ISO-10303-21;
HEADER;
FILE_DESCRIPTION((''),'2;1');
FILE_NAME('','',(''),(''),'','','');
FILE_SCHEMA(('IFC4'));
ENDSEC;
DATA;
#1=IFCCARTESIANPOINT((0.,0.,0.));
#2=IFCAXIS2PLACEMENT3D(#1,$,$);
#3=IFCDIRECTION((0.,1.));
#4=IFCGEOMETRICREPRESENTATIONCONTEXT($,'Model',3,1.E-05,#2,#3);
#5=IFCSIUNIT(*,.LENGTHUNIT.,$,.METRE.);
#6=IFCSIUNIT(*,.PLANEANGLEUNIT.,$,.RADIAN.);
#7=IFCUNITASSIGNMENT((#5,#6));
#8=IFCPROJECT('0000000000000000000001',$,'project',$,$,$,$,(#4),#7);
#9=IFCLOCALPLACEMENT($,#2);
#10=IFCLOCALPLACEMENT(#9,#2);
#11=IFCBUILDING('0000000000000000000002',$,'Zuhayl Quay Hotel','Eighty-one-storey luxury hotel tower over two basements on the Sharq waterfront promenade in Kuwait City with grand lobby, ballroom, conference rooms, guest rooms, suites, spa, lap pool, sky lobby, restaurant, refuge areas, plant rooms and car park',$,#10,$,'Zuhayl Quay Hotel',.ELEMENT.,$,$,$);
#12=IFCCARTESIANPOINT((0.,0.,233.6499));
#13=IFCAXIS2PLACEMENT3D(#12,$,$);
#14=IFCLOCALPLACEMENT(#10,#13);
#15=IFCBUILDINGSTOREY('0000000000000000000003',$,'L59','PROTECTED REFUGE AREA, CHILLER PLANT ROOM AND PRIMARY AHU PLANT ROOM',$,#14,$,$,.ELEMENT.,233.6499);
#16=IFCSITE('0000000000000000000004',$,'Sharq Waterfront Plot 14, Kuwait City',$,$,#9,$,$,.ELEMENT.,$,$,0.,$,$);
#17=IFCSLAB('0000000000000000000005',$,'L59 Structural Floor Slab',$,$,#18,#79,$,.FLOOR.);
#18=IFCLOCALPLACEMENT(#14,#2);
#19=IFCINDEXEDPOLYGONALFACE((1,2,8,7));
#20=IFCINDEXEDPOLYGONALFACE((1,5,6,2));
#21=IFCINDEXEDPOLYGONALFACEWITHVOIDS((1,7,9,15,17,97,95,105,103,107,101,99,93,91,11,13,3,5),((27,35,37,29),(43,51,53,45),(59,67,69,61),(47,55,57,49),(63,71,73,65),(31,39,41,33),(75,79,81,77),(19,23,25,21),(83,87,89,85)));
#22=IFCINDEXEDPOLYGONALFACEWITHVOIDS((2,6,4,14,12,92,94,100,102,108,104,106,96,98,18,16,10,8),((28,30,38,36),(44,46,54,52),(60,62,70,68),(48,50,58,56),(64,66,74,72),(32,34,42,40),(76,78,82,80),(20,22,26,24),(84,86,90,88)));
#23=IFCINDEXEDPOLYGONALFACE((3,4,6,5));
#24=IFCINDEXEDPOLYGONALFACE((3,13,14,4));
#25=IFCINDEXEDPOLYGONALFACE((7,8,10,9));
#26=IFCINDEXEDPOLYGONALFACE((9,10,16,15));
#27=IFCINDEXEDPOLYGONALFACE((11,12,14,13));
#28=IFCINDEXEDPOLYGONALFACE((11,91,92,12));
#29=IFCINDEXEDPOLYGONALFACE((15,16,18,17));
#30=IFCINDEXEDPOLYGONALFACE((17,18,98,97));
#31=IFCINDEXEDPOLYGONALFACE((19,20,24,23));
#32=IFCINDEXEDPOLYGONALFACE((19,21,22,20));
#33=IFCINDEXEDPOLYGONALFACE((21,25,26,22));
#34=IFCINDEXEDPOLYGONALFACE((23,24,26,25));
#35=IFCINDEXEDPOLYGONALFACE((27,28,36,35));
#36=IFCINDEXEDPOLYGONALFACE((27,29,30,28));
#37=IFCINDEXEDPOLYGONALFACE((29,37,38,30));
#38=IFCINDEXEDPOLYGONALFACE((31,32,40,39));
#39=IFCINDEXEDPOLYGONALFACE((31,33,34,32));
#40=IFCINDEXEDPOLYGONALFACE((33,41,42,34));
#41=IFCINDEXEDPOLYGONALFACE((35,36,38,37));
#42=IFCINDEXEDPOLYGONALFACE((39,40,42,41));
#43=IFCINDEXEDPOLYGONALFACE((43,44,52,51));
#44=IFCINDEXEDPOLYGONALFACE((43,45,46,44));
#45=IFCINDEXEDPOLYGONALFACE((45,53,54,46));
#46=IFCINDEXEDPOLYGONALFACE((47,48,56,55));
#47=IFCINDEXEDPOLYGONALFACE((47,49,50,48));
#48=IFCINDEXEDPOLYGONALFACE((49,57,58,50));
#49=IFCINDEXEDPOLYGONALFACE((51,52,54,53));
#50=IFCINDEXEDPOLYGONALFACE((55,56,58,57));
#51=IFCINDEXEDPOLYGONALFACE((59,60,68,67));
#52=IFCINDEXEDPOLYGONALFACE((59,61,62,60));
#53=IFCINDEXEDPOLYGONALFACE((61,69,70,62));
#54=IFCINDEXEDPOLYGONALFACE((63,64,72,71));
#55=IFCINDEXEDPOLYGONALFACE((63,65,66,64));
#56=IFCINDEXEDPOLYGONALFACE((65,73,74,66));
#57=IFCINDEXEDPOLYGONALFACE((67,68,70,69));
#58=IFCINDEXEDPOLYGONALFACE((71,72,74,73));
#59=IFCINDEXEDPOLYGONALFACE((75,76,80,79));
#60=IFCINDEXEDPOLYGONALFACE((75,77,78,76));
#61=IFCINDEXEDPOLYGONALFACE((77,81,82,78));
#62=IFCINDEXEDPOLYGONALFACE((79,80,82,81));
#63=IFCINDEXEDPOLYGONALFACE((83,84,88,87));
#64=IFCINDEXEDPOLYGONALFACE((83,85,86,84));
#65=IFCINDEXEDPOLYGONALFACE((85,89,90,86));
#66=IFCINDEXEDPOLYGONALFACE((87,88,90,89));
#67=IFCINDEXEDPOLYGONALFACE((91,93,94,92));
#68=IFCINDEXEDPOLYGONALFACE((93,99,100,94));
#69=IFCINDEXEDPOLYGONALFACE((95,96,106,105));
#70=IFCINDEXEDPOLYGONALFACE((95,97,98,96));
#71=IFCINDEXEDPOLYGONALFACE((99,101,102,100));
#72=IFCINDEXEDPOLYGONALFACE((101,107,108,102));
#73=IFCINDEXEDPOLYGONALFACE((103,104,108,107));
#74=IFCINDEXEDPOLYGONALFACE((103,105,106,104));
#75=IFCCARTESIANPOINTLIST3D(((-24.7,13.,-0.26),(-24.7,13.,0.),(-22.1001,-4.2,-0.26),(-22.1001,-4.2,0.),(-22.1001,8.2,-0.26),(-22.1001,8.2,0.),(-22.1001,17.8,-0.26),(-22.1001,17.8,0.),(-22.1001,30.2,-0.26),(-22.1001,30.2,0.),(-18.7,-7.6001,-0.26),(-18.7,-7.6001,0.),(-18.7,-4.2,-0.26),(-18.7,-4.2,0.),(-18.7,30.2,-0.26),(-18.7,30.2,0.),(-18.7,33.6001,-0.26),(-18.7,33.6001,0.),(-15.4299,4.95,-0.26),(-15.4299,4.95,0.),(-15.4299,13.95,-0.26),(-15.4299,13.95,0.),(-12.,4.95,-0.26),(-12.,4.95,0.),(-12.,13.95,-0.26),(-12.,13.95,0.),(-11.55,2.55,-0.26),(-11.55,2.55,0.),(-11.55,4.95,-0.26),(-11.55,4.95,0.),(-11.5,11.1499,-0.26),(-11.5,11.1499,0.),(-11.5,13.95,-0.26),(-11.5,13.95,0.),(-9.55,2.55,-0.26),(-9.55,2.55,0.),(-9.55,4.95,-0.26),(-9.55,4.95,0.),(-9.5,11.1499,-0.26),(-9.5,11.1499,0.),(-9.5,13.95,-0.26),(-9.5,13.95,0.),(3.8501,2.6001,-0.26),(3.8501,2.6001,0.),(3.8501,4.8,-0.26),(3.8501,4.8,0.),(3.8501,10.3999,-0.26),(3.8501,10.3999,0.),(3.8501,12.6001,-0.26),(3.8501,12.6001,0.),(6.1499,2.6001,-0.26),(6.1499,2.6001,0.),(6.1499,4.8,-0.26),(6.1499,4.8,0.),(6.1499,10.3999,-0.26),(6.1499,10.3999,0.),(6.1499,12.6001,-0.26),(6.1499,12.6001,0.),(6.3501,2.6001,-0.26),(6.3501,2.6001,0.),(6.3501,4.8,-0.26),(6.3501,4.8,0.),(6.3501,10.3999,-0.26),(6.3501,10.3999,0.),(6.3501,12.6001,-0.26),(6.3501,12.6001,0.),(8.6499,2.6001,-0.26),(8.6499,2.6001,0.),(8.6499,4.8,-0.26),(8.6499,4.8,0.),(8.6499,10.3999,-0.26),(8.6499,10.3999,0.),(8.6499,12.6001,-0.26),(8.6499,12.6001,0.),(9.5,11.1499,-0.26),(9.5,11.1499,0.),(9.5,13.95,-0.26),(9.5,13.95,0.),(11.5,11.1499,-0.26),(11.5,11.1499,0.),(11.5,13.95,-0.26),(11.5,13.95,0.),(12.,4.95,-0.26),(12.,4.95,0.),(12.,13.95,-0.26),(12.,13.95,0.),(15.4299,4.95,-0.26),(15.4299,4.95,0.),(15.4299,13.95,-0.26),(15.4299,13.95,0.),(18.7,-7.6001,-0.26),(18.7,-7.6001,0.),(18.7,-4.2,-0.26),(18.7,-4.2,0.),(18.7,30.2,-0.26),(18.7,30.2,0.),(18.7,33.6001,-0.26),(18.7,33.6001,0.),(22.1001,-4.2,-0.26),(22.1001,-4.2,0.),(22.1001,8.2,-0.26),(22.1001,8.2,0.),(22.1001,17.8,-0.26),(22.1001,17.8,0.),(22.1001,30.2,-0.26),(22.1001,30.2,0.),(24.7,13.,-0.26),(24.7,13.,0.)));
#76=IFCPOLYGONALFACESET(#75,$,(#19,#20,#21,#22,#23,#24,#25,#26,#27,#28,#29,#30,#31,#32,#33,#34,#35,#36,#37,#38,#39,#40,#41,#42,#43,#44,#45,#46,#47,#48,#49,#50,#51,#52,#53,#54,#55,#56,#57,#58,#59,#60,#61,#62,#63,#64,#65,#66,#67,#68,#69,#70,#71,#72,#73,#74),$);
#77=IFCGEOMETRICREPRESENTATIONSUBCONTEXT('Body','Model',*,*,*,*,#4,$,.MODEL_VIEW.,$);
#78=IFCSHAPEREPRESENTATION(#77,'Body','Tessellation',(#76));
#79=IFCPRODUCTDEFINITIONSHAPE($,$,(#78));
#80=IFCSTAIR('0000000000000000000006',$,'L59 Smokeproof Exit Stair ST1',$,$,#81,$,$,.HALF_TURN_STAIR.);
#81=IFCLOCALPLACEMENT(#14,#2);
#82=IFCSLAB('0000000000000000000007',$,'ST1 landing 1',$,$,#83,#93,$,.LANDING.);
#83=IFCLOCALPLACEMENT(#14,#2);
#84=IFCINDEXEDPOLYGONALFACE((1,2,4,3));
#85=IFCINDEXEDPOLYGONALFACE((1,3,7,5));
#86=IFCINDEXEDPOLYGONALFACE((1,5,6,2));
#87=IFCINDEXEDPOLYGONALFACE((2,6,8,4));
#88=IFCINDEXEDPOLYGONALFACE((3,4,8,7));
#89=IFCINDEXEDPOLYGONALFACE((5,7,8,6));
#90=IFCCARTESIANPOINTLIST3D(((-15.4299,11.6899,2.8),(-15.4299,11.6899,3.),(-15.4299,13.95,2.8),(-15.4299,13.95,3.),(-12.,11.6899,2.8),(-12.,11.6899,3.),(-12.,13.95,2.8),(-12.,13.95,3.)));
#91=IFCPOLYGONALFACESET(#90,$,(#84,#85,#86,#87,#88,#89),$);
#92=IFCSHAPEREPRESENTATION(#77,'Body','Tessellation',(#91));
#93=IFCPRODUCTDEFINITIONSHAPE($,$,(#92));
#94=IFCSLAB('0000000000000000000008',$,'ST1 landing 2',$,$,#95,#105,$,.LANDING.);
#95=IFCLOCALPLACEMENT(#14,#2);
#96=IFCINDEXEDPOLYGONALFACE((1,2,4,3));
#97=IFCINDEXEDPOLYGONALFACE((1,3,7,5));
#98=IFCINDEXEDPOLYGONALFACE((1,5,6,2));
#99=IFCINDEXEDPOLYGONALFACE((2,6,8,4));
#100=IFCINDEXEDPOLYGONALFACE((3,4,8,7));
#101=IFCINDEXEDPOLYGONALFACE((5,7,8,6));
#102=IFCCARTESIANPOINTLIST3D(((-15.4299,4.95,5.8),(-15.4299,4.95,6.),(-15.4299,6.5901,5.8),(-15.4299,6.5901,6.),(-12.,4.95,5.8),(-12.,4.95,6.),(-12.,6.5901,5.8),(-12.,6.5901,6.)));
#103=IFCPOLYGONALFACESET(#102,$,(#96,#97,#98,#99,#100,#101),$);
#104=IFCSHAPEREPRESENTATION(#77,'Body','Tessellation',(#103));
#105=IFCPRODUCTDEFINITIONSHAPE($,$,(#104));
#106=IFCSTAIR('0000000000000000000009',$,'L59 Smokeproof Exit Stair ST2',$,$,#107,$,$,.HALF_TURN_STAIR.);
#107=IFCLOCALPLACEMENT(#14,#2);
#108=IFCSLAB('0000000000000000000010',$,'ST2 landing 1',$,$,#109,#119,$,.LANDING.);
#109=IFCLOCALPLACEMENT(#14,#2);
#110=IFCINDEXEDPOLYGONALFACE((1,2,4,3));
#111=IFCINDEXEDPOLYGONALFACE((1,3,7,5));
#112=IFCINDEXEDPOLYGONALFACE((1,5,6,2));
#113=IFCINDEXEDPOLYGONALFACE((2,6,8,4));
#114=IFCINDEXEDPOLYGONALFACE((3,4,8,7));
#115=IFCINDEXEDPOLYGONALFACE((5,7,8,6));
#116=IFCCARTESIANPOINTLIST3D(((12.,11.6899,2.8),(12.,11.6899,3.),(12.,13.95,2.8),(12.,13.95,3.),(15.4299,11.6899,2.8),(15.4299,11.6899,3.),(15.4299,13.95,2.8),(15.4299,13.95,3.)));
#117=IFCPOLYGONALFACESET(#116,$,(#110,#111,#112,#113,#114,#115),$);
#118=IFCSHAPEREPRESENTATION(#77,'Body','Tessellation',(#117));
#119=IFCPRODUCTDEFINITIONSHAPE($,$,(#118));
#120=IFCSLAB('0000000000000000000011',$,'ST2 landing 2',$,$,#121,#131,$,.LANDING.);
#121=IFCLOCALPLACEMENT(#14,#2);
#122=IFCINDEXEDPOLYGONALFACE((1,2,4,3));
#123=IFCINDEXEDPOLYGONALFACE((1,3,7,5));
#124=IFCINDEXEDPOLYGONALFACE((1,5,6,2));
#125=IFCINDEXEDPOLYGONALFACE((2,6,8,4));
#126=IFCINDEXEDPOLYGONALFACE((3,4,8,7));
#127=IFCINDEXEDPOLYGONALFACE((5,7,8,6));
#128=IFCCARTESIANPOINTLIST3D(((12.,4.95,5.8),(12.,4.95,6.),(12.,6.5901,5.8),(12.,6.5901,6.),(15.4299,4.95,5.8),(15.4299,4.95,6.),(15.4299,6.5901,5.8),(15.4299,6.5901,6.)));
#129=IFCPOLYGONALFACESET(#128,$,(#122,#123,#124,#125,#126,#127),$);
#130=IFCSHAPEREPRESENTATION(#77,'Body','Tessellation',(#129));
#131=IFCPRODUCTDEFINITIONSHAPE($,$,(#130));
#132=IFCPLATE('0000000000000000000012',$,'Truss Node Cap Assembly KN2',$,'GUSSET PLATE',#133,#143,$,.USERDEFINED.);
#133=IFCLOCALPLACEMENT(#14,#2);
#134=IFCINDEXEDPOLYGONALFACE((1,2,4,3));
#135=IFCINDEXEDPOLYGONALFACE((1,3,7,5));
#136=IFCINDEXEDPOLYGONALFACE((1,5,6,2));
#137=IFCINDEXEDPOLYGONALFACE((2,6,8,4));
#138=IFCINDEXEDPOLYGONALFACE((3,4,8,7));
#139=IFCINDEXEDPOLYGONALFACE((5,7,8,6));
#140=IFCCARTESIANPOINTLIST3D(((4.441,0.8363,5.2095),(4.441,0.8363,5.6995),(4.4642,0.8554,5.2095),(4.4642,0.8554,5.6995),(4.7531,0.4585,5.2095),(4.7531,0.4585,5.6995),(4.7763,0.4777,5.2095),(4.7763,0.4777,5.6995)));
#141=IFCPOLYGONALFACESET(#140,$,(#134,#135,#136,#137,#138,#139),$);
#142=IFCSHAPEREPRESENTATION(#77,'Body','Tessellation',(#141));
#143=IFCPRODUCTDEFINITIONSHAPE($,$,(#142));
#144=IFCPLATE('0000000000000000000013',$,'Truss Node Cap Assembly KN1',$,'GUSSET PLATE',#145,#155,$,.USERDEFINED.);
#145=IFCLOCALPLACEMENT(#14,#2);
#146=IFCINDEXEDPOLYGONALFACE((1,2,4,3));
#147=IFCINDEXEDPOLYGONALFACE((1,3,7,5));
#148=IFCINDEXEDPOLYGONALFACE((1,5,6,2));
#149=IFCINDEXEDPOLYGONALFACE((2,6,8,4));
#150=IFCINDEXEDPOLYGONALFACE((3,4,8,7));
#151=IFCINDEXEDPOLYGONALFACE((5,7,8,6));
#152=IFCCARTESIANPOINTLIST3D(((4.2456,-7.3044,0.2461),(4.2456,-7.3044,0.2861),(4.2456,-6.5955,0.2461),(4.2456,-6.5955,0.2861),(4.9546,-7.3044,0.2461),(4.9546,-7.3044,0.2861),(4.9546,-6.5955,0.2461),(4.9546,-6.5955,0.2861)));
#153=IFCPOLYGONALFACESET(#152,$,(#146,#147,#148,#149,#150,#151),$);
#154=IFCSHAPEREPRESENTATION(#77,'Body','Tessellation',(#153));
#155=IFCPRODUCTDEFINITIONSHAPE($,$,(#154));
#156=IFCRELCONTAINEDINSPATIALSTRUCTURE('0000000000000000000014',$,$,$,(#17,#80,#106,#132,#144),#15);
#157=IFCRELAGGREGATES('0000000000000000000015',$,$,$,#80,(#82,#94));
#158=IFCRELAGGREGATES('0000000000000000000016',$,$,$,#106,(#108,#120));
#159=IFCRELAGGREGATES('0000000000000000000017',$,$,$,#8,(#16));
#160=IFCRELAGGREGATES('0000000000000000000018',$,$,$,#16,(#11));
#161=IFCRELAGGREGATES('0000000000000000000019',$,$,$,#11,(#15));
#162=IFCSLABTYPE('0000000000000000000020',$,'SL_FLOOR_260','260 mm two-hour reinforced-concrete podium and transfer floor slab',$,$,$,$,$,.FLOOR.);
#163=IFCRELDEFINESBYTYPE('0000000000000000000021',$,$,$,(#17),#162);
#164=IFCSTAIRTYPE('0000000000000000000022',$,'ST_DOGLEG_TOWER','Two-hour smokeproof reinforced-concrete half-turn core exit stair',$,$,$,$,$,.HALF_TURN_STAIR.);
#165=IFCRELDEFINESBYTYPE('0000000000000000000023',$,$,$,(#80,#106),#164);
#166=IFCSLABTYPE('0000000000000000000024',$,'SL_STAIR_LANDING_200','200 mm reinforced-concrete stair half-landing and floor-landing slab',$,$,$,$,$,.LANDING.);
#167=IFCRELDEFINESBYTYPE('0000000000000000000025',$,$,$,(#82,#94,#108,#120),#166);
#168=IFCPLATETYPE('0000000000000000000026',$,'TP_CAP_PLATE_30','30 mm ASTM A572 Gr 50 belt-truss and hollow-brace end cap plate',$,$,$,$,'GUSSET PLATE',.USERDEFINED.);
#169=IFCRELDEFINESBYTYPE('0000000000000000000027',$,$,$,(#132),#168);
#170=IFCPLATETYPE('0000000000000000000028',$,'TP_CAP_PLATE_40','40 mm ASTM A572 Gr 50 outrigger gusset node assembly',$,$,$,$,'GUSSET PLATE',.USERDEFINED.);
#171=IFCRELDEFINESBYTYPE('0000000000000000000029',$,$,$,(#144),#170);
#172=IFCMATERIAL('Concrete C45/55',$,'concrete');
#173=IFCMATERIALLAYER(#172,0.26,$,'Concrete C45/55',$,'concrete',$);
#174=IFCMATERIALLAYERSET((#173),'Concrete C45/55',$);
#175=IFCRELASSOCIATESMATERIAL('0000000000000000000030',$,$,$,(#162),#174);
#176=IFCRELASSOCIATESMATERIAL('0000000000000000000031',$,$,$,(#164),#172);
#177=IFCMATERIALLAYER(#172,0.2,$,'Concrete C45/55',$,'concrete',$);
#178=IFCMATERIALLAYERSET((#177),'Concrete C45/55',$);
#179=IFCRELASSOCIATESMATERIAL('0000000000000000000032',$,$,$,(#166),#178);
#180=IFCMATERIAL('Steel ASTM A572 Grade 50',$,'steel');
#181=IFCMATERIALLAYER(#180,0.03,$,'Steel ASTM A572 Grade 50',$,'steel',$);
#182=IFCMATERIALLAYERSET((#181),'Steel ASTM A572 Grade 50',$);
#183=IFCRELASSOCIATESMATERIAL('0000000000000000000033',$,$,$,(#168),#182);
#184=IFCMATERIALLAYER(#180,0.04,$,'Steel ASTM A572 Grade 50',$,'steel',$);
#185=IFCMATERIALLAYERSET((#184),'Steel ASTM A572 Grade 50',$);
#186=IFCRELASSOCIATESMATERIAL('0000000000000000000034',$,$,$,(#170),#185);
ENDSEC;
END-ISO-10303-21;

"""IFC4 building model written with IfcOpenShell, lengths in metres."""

from ifc_helpers import new_model, si_unit, direction, frame, origin, origin_2d, place, context, subcontext, project, spatial, polyline, rectangle, outline, extrude, material, layer, layer_set, type_object, element, aggregate, save


model = new_model("IFC4")

# Units and contexts
model_context = context("Model", 3, precision=1e-05, world=origin(), true_north=direction((0.0, 1.0)))
body_context = subcontext(model_context, "Body", "Model", "MODEL_VIEW")
ifc_project = project(units=[si_unit("LENGTHUNIT", "METRE"), si_unit("PLANEANGLEUNIT", "RADIAN")], contexts=[model_context])

# Site, building, storey
site_placement = place(None, origin())
site = spatial("IfcSite", under=ifc_project, at=site_placement, Name="Sharq Waterfront Plot 14, Kuwait City", CompositionType="ELEMENT", RefElevation=0.0)
building_placement = place(site_placement, origin())
building = spatial("IfcBuilding", under=site, at=building_placement, Name="Zuhayl Quay Hotel", Description="Eighty-one-storey luxury hotel tower over two basements on the Sharq waterfront promenade in Kuwait City with grand lobby, ballroom, conference rooms, guest rooms, suites, spa, lap pool, sky lobby, restaurant, refuge areas, plant rooms and car park", LongName="Zuhayl Quay Hotel", CompositionType="ELEMENT")
storey_placement = place(building_placement, frame((0.0, 0.0, 233.6499)))
storey = spatial("IfcBuildingStorey", under=building, at=storey_placement, Name="L59", Description="PROTECTED REFUGE AREA, CHILLER PLANT ROOM AND PRIMARY AHU PLANT ROOM", CompositionType="ELEMENT", Elevation=233.6499)

# Slab
ifc_material_1 = material(Name="Concrete C45/55", Category="concrete")
ifc_layer_1 = layer(ifc_material_1, 0.26, Name="Concrete C45/55", Category="concrete")
ifc_layer_set_1 = layer_set([ifc_layer_1], Name="Concrete C45/55")
slab_type_1 = type_object("IfcSlabType", Name="SL_FLOOR_260", Description="260 mm two-hour reinforced-concrete podium and transfer floor slab", PredefinedType="FLOOR", material=ifc_layer_set_1)
slab_1_placement = place(storey_placement, frame((0.0, 0.0, -0.26)))
element("IfcSlab", 1, at=slab_1_placement, inside=storey, type_object=slab_type_1, Name="L59 Structural Floor Slab", PredefinedType="FLOOR", context=body_context, shape_type="SweptSolid", body=[
    extrude(outline(polyline([(-18.7, -7.6001), (18.7, -7.6001), (18.7, -4.2), (22.1001, -4.2), (22.1001, 8.2), (24.7, 13.0), (22.1001, 17.8), (22.1001, 30.2), (18.7, 30.2), (18.7, 33.6001), (-18.7, 33.6001), (-18.7, 30.2), (-22.1001, 30.2), (-22.1001, 17.8), (-24.7, 13.0), (-22.1001, 8.2), (-22.1001, -4.2), (-18.7, -4.2), (-18.7, -7.6001)]), holes=[polyline([(-12.0, 4.95), (-12.0, 13.95), (-15.4299, 13.95), (-15.4299, 4.95), (-12.0, 4.95)]), polyline([(15.4299, 4.95), (15.4299, 13.95), (12.0, 13.95), (12.0, 4.95), (15.4299, 4.95)]), polyline([(-11.5, 11.1499), (-9.5, 11.1499), (-9.5, 13.95), (-11.5, 13.95), (-11.5, 11.1499)]), polyline([(9.5, 11.1499), (11.5, 11.1499), (11.5, 13.95), (9.5, 13.95), (9.5, 11.1499)]), polyline([(3.8501, 2.6001), (6.1499, 2.6001), (6.1499, 4.8), (3.8501, 4.8), (3.8501, 2.6001)]), polyline([(6.3501, 2.6001), (8.6499, 2.6001), (8.6499, 4.8), (6.3501, 4.8), (6.3501, 2.6001)]), polyline([(3.8501, 10.3999), (6.1499, 10.3999), (6.1499, 12.6001), (3.8501, 12.6001), (3.8501, 10.3999)]), polyline([(6.3501, 10.3999), (8.6499, 10.3999), (8.6499, 12.6001), (6.3501, 12.6001), (6.3501, 10.3999)]), polyline([(-11.55, 2.55), (-9.55, 2.55), (-9.55, 4.95), (-11.55, 4.95), (-11.55, 2.55)])]), origin(), (0.0, 0.0, 1.0), 0.26),
])

# Stairs, slabs
stair_type = type_object("IfcStairType", Name="ST_DOGLEG_TOWER", Description="Two-hour smokeproof reinforced-concrete half-turn core exit stair", PredefinedType="HALF_TURN_STAIR", material=ifc_material_1)
stair_1_placement = place(storey_placement, origin())
stair_1 = element("IfcStair", 2, at=stair_1_placement, inside=storey, type_object=stair_type, Name="L59 Smokeproof Exit Stair ST1", PredefinedType="HALF_TURN_STAIR")
ifc_layer_2 = layer(ifc_material_1, 0.2, Name="Concrete C45/55", Category="concrete")
ifc_layer_set_2 = layer_set([ifc_layer_2], Name="Concrete C45/55")
slab_type_2 = type_object("IfcSlabType", Name="SL_STAIR_LANDING_200", Description="200 mm reinforced-concrete stair half-landing and floor-landing slab", PredefinedType="LANDING", material=ifc_layer_set_2)
slab_2_placement = place(storey_placement, frame((0.0, 0.0, 2.8)))
slab_2 = element("IfcSlab", 3, at=slab_2_placement, type_object=slab_type_2, Name="ST1 landing 1", PredefinedType="LANDING", context=body_context, shape_type="SweptSolid", body=[
    extrude(outline(polyline([(-12.0, 11.6899), (-12.0, 13.95), (-15.4299, 13.95), (-15.4299, 11.6899), (-12.0, 11.6899)])), origin(), (0.0, 0.0, 1.0), 0.2),
])
slab_3_placement = place(storey_placement, frame((0.0, 0.0, 5.8)))
slab_3 = element("IfcSlab", 4, at=slab_3_placement, type_object=slab_type_2, Name="ST1 landing 2", PredefinedType="LANDING", context=body_context, shape_type="SweptSolid", body=[
    extrude(outline(polyline([(-12.0, 4.95), (-12.0, 6.5901), (-15.4299, 6.5901), (-15.4299, 4.95), (-12.0, 4.95)])), origin(), (0.0, 0.0, 1.0), 0.2),
])
aggregate(stair_1, [slab_2, slab_3])
stair_2_placement = place(storey_placement, origin())
stair_2 = element("IfcStair", 5, at=stair_2_placement, inside=storey, type_object=stair_type, Name="L59 Smokeproof Exit Stair ST2", PredefinedType="HALF_TURN_STAIR")
slab_4_placement = place(storey_placement, frame((0.0, 0.0, 2.8)))
slab_4 = element("IfcSlab", 6, at=slab_4_placement, type_object=slab_type_2, Name="ST2 landing 1", PredefinedType="LANDING", context=body_context, shape_type="SweptSolid", body=[
    extrude(outline(polyline([(15.4299, 11.6899), (15.4299, 13.95), (12.0, 13.95), (12.0, 11.6899), (15.4299, 11.6899)])), origin(), (0.0, 0.0, 1.0), 0.2),
])
slab_5_placement = place(storey_placement, frame((0.0, 0.0, 5.8)))
slab_5 = element("IfcSlab", 7, at=slab_5_placement, type_object=slab_type_2, Name="ST2 landing 2", PredefinedType="LANDING", context=body_context, shape_type="SweptSolid", body=[
    extrude(outline(polyline([(15.4299, 4.95), (15.4299, 6.5901), (12.0, 6.5901), (12.0, 4.95), (15.4299, 4.95)])), origin(), (0.0, 0.0, 1.0), 0.2),
])
aggregate(stair_2, [slab_4, slab_5])

# Plates
ifc_material_2 = material(Name="Steel ASTM A572 Grade 50", Category="steel")
ifc_layer_3 = layer(ifc_material_2, 0.03, Name="Steel ASTM A572 Grade 50", Category="steel")
ifc_layer_set_3 = layer_set([ifc_layer_3], Name="Steel ASTM A572 Grade 50")
plate_type_1 = type_object("IfcPlateType", Name="TP_CAP_PLATE_30", Description="30 mm ASTM A572 Gr 50 belt-truss and hollow-brace end cap plate", ElementType="GUSSET PLATE", PredefinedType="USERDEFINED", material=ifc_layer_set_3)
plate_1_placement = place(storey_placement, frame((4.6086, 0.657, 5.2095), z_axis=(0.0, 0.0, 1.0), x_axis=(0.770958, 0.636886, 0.0)))
element("IfcPlate", 8, at=plate_1_placement, inside=storey, type_object=plate_type_1, Name="Truss Node Cap Assembly KN2", ObjectType="GUSSET PLATE", PredefinedType="USERDEFINED", context=body_context, shape_type="SweptSolid", body=[
    extrude(rectangle(XDim=0.03, YDim=0.49, at=origin_2d()), origin(), (0.0, 0.0, 1.0), 0.49),
])
ifc_layer_4 = layer(ifc_material_2, 0.04, Name="Steel ASTM A572 Grade 50", Category="steel")
ifc_layer_set_4 = layer_set([ifc_layer_4], Name="Steel ASTM A572 Grade 50")
plate_type_2 = type_object("IfcPlateType", Name="TP_CAP_PLATE_40", Description="40 mm ASTM A572 Gr 50 outrigger gusset node assembly", ElementType="GUSSET PLATE", PredefinedType="USERDEFINED", material=ifc_layer_set_4)
plate_2_placement = place(storey_placement, frame((4.6001, -6.95, 0.2461), z_axis=(0.0, 0.0, 1.0), x_axis=(1.0, 0.0, 0.0)))
element("IfcPlate", 9, at=plate_2_placement, inside=storey, type_object=plate_type_2, Name="Truss Node Cap Assembly KN1", ObjectType="GUSSET PLATE", PredefinedType="USERDEFINED", context=body_context, shape_type="SweptSolid", body=[
    extrude(rectangle(XDim=0.709, YDim=0.709, at=origin_2d()), origin(), (0.0, 0.0, 1.0), 0.04),
])

save(model, "model.ifc")
